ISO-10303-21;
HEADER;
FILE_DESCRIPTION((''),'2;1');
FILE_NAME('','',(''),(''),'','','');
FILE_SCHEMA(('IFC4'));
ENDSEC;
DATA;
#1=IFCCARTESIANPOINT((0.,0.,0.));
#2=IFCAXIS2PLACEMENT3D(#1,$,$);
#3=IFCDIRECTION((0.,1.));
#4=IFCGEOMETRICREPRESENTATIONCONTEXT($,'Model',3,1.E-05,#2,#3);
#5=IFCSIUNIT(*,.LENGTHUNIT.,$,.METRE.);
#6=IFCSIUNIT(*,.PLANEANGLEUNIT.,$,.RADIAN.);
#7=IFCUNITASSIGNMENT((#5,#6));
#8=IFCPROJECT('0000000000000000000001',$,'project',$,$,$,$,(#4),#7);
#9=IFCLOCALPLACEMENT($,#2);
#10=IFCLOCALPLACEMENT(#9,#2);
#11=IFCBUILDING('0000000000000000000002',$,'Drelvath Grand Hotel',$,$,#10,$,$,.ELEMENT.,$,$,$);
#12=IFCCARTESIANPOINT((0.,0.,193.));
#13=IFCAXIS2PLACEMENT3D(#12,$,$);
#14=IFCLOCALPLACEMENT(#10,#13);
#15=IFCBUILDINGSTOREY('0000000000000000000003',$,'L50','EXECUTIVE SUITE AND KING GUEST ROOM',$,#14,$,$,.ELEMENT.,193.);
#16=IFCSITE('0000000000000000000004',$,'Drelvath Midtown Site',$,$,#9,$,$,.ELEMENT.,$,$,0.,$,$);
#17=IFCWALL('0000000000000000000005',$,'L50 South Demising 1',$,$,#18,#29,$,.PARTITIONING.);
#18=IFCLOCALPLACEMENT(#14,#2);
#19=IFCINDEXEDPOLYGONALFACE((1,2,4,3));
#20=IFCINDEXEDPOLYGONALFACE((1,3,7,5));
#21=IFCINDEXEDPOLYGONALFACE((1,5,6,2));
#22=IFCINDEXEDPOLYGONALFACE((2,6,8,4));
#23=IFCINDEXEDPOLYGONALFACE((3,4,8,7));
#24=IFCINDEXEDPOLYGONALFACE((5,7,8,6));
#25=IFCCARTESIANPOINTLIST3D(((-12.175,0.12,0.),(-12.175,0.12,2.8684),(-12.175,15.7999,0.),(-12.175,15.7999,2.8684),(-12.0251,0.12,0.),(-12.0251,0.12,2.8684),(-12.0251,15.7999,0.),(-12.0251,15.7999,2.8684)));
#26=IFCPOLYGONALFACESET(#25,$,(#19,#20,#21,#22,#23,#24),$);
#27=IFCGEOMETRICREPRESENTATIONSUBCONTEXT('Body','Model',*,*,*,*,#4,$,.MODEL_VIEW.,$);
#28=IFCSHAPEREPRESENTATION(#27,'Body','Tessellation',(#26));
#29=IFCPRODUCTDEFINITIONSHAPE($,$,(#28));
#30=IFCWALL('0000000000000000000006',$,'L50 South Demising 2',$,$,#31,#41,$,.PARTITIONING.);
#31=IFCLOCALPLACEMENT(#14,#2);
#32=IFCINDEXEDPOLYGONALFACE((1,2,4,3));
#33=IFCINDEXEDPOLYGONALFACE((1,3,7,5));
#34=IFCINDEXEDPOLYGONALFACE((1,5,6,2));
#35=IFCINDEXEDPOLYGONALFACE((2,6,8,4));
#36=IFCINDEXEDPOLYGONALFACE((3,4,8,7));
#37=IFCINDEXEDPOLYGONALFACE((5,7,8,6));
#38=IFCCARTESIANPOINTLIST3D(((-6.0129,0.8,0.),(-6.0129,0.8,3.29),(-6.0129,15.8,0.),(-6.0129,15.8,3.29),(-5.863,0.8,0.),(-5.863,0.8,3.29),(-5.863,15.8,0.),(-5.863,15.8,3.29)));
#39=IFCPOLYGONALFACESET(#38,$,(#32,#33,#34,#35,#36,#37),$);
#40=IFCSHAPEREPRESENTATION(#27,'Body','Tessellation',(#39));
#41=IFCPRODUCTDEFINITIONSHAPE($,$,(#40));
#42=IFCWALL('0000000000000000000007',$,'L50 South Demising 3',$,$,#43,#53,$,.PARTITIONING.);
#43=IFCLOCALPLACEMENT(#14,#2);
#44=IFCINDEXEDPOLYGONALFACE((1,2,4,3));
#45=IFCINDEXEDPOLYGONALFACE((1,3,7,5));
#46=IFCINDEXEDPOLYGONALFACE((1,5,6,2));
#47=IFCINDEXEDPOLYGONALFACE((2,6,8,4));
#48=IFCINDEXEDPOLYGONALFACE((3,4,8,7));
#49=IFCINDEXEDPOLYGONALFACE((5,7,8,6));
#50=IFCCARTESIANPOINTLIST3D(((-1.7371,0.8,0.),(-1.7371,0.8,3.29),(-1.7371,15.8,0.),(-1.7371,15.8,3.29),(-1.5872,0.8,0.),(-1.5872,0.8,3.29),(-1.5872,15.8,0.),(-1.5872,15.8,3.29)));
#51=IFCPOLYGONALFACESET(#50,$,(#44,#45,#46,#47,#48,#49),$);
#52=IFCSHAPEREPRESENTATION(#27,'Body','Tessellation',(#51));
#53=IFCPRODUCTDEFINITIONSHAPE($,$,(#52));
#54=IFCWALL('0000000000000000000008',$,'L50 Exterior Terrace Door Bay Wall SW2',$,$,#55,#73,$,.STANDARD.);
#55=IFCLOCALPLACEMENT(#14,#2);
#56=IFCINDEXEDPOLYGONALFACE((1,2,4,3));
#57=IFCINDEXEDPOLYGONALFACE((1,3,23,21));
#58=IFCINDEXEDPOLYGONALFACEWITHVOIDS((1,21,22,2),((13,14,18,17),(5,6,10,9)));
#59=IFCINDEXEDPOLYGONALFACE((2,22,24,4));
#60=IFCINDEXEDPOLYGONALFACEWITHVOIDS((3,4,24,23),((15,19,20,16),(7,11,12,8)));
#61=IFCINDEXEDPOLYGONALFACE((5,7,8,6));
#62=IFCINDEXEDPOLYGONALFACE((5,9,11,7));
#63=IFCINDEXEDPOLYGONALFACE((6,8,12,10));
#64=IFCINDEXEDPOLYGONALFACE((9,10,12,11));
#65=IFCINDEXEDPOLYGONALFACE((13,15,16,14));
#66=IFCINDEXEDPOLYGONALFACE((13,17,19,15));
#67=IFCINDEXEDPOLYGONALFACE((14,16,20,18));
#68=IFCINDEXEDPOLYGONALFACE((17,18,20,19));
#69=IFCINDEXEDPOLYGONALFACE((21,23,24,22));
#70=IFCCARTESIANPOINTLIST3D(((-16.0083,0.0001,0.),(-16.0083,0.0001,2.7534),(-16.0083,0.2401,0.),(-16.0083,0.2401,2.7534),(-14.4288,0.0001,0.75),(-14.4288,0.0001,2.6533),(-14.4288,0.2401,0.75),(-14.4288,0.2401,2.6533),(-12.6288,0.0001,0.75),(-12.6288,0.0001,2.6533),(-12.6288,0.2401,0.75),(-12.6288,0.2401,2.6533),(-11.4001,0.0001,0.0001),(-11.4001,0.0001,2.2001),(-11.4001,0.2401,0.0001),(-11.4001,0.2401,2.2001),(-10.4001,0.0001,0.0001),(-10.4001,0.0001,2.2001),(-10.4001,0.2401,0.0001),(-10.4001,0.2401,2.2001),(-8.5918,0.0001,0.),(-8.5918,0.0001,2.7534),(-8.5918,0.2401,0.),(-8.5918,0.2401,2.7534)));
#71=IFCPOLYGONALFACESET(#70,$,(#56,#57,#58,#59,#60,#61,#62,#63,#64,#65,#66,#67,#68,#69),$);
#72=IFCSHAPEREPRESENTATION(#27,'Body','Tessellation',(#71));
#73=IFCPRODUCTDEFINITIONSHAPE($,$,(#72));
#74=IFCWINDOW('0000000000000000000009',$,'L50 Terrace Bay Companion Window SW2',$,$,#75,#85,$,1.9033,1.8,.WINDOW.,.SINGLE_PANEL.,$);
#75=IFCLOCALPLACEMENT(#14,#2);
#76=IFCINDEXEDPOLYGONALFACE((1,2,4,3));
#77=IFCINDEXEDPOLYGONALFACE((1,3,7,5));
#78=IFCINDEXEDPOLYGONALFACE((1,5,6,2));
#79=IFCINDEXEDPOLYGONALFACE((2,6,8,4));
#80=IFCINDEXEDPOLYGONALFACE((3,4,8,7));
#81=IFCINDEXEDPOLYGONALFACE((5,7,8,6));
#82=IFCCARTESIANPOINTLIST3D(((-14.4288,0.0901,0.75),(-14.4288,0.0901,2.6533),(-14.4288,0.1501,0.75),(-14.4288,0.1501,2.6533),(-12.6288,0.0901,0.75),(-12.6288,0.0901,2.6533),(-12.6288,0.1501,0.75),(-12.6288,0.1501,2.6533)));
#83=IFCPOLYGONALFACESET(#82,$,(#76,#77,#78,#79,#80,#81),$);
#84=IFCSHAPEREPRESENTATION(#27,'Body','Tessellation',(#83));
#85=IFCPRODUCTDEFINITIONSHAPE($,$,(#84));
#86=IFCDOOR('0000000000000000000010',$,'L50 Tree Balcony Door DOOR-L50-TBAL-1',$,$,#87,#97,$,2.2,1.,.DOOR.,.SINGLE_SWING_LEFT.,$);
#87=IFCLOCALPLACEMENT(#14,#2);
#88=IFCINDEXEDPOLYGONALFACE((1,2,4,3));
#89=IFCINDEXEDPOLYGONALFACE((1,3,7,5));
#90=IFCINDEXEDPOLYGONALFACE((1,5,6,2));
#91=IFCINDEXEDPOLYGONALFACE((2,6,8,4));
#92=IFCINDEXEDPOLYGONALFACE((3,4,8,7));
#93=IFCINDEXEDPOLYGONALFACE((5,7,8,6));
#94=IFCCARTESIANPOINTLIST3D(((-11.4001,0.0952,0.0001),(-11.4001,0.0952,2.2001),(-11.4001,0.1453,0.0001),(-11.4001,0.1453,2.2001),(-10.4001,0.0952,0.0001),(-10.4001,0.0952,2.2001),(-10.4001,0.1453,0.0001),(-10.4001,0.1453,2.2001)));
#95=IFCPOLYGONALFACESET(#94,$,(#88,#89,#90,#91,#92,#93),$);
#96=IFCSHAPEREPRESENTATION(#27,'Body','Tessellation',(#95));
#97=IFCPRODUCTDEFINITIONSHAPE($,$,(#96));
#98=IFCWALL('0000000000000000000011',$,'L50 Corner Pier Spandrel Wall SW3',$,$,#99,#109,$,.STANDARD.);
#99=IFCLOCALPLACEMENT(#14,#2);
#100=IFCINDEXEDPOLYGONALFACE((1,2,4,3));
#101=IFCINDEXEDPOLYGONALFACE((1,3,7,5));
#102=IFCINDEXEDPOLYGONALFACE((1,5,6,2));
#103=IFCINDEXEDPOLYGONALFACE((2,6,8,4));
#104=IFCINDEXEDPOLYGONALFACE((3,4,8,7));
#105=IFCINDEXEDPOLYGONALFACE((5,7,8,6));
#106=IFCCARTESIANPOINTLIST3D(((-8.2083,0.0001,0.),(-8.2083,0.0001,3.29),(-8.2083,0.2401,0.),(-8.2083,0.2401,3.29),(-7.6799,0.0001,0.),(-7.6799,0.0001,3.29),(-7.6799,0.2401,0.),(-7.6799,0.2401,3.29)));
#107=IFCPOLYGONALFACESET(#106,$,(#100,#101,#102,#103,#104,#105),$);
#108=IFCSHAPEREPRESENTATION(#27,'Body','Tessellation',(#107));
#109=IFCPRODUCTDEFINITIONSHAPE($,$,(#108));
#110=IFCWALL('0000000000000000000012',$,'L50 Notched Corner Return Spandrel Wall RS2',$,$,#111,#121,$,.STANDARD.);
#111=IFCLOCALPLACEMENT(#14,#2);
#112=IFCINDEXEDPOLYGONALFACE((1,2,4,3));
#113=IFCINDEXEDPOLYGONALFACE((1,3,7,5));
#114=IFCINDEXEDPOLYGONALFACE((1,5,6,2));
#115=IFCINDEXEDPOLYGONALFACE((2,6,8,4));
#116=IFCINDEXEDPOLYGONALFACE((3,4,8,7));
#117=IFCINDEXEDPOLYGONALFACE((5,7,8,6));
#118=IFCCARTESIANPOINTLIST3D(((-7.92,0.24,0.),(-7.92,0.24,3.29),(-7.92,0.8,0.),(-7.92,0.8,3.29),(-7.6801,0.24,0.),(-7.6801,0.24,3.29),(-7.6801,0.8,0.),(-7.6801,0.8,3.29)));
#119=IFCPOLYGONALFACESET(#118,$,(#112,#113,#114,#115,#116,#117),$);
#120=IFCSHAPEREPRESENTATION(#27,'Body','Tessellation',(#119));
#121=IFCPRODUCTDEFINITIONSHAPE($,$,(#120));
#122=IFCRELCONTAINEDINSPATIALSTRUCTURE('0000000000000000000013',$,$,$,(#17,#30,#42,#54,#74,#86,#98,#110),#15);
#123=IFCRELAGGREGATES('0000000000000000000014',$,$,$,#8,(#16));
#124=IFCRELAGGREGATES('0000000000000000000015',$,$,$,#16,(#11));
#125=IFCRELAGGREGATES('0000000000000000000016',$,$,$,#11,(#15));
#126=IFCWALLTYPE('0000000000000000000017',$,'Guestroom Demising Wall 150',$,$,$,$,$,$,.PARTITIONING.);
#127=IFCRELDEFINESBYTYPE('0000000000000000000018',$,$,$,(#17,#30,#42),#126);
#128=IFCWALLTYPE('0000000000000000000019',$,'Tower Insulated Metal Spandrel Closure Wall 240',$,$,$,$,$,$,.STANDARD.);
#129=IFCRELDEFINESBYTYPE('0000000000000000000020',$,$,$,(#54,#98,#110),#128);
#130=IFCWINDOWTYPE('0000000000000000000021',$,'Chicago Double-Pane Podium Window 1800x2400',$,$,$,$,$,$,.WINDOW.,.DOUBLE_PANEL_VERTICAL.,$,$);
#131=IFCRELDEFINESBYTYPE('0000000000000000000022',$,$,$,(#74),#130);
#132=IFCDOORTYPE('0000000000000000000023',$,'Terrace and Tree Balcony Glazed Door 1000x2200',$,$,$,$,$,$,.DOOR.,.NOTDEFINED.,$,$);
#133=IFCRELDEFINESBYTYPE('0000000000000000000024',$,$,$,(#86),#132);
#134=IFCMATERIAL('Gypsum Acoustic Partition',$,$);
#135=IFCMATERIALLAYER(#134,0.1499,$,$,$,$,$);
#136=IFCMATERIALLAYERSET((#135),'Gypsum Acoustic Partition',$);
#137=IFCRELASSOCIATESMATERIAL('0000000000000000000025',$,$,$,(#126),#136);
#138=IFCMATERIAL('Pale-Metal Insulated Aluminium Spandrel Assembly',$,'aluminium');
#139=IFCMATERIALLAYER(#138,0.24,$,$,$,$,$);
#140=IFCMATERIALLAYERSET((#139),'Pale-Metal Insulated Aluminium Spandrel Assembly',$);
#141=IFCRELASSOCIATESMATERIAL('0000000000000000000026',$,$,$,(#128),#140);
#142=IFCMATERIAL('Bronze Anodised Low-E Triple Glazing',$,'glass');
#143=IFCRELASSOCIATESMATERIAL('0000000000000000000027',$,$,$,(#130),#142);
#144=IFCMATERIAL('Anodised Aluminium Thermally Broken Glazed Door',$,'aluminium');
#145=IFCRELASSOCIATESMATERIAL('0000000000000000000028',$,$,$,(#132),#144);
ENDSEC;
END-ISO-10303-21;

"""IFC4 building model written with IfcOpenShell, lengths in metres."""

from ifc_helpers import new_model, si_unit, direction, frame, frame_2d, origin, place, context, subcontext, project, spatial, rectangle, extrude, material, layer, layer_set, type_object, element, fill, save


model = new_model("IFC4")

# Units and contexts
model_context = context("Model", 3, precision=1e-05, world=origin(), true_north=direction((0.0, 1.0)))
body_context = subcontext(model_context, "Body", "Model", "MODEL_VIEW")
ifc_project = project(units=[si_unit("LENGTHUNIT", "METRE"), si_unit("PLANEANGLEUNIT", "RADIAN")], contexts=[model_context])

# Site, building, storey
site_placement = place(None, origin())
site = spatial("IfcSite", under=ifc_project, at=site_placement, Name="Drelvath Midtown Site", CompositionType="ELEMENT", RefElevation=0.0)
building_placement = place(site_placement, origin())
building = spatial("IfcBuilding", under=site, at=building_placement, Name="Drelvath Grand Hotel", CompositionType="ELEMENT")
storey_placement = place(building_placement, frame((0.0, 0.0, 193.0)))
storey = spatial("IfcBuildingStorey", under=building, at=storey_placement, Name="L50", Description="EXECUTIVE SUITE AND KING GUEST ROOM", CompositionType="ELEMENT", Elevation=193.0)

# Walls
ifc_material_1 = material(Name="Gypsum Acoustic Partition")
ifc_layer_1 = layer(ifc_material_1, 0.1499)
ifc_layer_set_1 = layer_set([ifc_layer_1], Name="Gypsum Acoustic Partition")
wall_type_1 = type_object("IfcWallType", Name="Guestroom Demising Wall 150", PredefinedType="PARTITIONING", material=ifc_layer_set_1)
wall_1_placement = place(storey_placement, frame((-12.1001, 0.1201, 0.0), z_axis=(0.0, 0.0, 1.0), x_axis=(0.0, 1.0, 0.0)))
element("IfcWall", 1, at=wall_1_placement, inside=storey, type_object=wall_type_1, Name="L50 South Demising 1", PredefinedType="PARTITIONING", context=body_context, shape_type="SweptSolid", body=[
    extrude(rectangle(XDim=15.6799, YDim=0.1499, at=frame_2d((7.8398, 0.0))), origin(), (0.0, 0.0, 1.0), 2.8684),
])
for number, where, z_axis, x_axis, name in (
    (2, (-5.938, 0.8, 0.0), (0.0, 0.0, 1.0), (0.0, 1.0, 0.0), "L50 South Demising 2"),
    (3, (-1.6621, 0.8, 0.0), (0.0, 0.0, 1.0), (0.0, 1.0, 0.0), "L50 South Demising 3"),
):
    element("IfcWall", number, at=place(storey_placement, frame(where, z_axis=z_axis, x_axis=x_axis)), inside=storey, type_object=wall_type_1, Name=name, PredefinedType="PARTITIONING", context=body_context, shape_type="SweptSolid", body=[
        extrude(rectangle(XDim=15.0, YDim=0.1499, at=frame_2d((7.5, 0.0))), origin(), (0.0, 0.0, 1.0), 3.29),
    ])

# Wall, openings, window, door
ifc_material_2 = material(Name="Pale-Metal Insulated Aluminium Spandrel Assembly", Category="aluminium")
ifc_layer_2 = layer(ifc_material_2, 0.24)
ifc_layer_set_2 = layer_set([ifc_layer_2], Name="Pale-Metal Insulated Aluminium Spandrel Assembly")
wall_type_2 = type_object("IfcWallType", Name="Tower Insulated Metal Spandrel Closure Wall 240", PredefinedType="STANDARD", material=ifc_layer_set_2)
wall_2_placement = place(storey_placement, frame((-8.5918, 0.1201, 0.0), z_axis=(0.0, 0.0, 1.0), x_axis=(-1.0, 0.0, 0.0)))
wall_2 = element("IfcWall", 4, at=wall_2_placement, inside=storey, type_object=wall_type_2, Name="L50 Exterior Terrace Door Bay Wall SW2", PredefinedType="STANDARD", context=body_context, shape_type="SweptSolid", body=[
    extrude(rectangle(XDim=7.4165, YDim=0.24, at=frame_2d((3.7083, 0.0))), origin(), (0.0, 0.0, 1.0), 2.7534),
])
opening_1_placement = place(wall_2_placement, frame((1.8083, 0.0, 0.0)))
opening_1 = element("IfcOpeningElement", 5, at=opening_1_placement, cuts=wall_2, PredefinedType="OPENING", context=body_context, shape_type="SweptSolid", body=[
    extrude(rectangle(XDim=1.0, YDim=2.2, at=frame_2d((0.5, 1.1001))), frame((0.0, 0.1299, 0.0), z_axis=(0.0, -1.0, 0.0), x_axis=(1.0, 0.0, 0.0)), (0.0, 0.0, 1.0), 0.26),
])
opening_2_placement = place(wall_2_placement, frame((4.0371, 0.0, 0.75)))
opening_2 = element("IfcOpeningElement", 6, at=opening_2_placement, cuts=wall_2, PredefinedType="OPENING", context=body_context, shape_type="SweptSolid", body=[
    extrude(rectangle(XDim=1.8, YDim=1.9033, at=frame_2d((0.8999, 0.9517))), frame((0.0, 0.1299, 0.0), z_axis=(0.0, -1.0, 0.0), x_axis=(1.0, 0.0, 0.0)), (0.0, 0.0, 1.0), 0.26),
])
ifc_material_3 = material(Name="Bronze Anodised Low-E Triple Glazing", Category="glass")
window_type = type_object("IfcWindowType", Name="Chicago Double-Pane Podium Window 1800x2400", PartitioningType="DOUBLE_PANEL_VERTICAL", PredefinedType="WINDOW", material=ifc_material_3)
window_placement = place(opening_2_placement, origin())
window = element("IfcWindow", 7, at=window_placement, inside=storey, type_object=window_type, Name="L50 Terrace Bay Companion Window SW2", OverallHeight=1.9033, OverallWidth=1.8, PartitioningType="SINGLE_PANEL", PredefinedType="WINDOW", context=body_context, shape_type="SweptSolid", body=[
    extrude(rectangle(XDim=1.8, YDim=1.9033, at=frame_2d((0.8999, 0.9517))), frame((0.0, 0.03, 0.0), z_axis=(0.0, -1.0, 0.0), x_axis=(1.0, 0.0, 0.0)), (0.0, 0.0, 1.0), 0.0601),
])
fill(opening_2, window)
ifc_material_4 = material(Name="Anodised Aluminium Thermally Broken Glazed Door", Category="aluminium")
door_type_1 = type_object("IfcDoorType", Name="Terrace and Tree Balcony Glazed Door 1000x2200", OperationType="NOTDEFINED", PredefinedType="DOOR", material=ifc_material_4)
door_1_placement = place(opening_1_placement, origin())
door_1 = element("IfcDoor", 8, at=door_1_placement, inside=storey, type_object=door_type_1, Name="L50 Tree Balcony Door DOOR-L50-TBAL-1", OperationType="SINGLE_SWING_LEFT", OverallHeight=2.2, OverallWidth=1.0, PredefinedType="DOOR", context=body_context, shape_type="SweptSolid", body=[
    extrude(rectangle(XDim=1.0, YDim=2.2, at=frame_2d((0.5, 1.1001))), frame((0.0, 0.0249, 0.0), z_axis=(0.0, -1.0, 0.0), x_axis=(1.0, 0.0, 0.0)), (0.0, 0.0, 1.0), 0.05),
])
fill(opening_1, door_1)

# Walls
wall_3_placement = place(storey_placement, frame((-7.6799, 0.1201, 0.0), z_axis=(0.0, 0.0, 1.0), x_axis=(-1.0, 0.0, 0.0)))
element("IfcWall", 9, at=wall_3_placement, inside=storey, type_object=wall_type_2, Name="L50 Corner Pier Spandrel Wall SW3", PredefinedType="STANDARD", context=body_context, shape_type="SweptSolid", body=[
    extrude(rectangle(XDim=0.5283, YDim=0.24, at=frame_2d((0.2642, 0.0))), origin(), (0.0, 0.0, 1.0), 3.29),
])
wall_4_placement = place(storey_placement, frame((-7.8, 0.8, 0.0), z_axis=(0.0, 0.0, 1.0), x_axis=(0.0, -1.0, 0.0)))
element("IfcWall", 10, at=wall_4_placement, inside=storey, type_object=wall_type_2, Name="L50 Notched Corner Return Spandrel Wall RS2", PredefinedType="STANDARD", context=body_context, shape_type="SweptSolid", body=[
    extrude(rectangle(XDim=0.5601, YDim=0.24, at=frame_2d((0.28, 0.0))), origin(), (0.0, 0.0, 1.0), 3.29),
])

save(model, "model.ifc")
